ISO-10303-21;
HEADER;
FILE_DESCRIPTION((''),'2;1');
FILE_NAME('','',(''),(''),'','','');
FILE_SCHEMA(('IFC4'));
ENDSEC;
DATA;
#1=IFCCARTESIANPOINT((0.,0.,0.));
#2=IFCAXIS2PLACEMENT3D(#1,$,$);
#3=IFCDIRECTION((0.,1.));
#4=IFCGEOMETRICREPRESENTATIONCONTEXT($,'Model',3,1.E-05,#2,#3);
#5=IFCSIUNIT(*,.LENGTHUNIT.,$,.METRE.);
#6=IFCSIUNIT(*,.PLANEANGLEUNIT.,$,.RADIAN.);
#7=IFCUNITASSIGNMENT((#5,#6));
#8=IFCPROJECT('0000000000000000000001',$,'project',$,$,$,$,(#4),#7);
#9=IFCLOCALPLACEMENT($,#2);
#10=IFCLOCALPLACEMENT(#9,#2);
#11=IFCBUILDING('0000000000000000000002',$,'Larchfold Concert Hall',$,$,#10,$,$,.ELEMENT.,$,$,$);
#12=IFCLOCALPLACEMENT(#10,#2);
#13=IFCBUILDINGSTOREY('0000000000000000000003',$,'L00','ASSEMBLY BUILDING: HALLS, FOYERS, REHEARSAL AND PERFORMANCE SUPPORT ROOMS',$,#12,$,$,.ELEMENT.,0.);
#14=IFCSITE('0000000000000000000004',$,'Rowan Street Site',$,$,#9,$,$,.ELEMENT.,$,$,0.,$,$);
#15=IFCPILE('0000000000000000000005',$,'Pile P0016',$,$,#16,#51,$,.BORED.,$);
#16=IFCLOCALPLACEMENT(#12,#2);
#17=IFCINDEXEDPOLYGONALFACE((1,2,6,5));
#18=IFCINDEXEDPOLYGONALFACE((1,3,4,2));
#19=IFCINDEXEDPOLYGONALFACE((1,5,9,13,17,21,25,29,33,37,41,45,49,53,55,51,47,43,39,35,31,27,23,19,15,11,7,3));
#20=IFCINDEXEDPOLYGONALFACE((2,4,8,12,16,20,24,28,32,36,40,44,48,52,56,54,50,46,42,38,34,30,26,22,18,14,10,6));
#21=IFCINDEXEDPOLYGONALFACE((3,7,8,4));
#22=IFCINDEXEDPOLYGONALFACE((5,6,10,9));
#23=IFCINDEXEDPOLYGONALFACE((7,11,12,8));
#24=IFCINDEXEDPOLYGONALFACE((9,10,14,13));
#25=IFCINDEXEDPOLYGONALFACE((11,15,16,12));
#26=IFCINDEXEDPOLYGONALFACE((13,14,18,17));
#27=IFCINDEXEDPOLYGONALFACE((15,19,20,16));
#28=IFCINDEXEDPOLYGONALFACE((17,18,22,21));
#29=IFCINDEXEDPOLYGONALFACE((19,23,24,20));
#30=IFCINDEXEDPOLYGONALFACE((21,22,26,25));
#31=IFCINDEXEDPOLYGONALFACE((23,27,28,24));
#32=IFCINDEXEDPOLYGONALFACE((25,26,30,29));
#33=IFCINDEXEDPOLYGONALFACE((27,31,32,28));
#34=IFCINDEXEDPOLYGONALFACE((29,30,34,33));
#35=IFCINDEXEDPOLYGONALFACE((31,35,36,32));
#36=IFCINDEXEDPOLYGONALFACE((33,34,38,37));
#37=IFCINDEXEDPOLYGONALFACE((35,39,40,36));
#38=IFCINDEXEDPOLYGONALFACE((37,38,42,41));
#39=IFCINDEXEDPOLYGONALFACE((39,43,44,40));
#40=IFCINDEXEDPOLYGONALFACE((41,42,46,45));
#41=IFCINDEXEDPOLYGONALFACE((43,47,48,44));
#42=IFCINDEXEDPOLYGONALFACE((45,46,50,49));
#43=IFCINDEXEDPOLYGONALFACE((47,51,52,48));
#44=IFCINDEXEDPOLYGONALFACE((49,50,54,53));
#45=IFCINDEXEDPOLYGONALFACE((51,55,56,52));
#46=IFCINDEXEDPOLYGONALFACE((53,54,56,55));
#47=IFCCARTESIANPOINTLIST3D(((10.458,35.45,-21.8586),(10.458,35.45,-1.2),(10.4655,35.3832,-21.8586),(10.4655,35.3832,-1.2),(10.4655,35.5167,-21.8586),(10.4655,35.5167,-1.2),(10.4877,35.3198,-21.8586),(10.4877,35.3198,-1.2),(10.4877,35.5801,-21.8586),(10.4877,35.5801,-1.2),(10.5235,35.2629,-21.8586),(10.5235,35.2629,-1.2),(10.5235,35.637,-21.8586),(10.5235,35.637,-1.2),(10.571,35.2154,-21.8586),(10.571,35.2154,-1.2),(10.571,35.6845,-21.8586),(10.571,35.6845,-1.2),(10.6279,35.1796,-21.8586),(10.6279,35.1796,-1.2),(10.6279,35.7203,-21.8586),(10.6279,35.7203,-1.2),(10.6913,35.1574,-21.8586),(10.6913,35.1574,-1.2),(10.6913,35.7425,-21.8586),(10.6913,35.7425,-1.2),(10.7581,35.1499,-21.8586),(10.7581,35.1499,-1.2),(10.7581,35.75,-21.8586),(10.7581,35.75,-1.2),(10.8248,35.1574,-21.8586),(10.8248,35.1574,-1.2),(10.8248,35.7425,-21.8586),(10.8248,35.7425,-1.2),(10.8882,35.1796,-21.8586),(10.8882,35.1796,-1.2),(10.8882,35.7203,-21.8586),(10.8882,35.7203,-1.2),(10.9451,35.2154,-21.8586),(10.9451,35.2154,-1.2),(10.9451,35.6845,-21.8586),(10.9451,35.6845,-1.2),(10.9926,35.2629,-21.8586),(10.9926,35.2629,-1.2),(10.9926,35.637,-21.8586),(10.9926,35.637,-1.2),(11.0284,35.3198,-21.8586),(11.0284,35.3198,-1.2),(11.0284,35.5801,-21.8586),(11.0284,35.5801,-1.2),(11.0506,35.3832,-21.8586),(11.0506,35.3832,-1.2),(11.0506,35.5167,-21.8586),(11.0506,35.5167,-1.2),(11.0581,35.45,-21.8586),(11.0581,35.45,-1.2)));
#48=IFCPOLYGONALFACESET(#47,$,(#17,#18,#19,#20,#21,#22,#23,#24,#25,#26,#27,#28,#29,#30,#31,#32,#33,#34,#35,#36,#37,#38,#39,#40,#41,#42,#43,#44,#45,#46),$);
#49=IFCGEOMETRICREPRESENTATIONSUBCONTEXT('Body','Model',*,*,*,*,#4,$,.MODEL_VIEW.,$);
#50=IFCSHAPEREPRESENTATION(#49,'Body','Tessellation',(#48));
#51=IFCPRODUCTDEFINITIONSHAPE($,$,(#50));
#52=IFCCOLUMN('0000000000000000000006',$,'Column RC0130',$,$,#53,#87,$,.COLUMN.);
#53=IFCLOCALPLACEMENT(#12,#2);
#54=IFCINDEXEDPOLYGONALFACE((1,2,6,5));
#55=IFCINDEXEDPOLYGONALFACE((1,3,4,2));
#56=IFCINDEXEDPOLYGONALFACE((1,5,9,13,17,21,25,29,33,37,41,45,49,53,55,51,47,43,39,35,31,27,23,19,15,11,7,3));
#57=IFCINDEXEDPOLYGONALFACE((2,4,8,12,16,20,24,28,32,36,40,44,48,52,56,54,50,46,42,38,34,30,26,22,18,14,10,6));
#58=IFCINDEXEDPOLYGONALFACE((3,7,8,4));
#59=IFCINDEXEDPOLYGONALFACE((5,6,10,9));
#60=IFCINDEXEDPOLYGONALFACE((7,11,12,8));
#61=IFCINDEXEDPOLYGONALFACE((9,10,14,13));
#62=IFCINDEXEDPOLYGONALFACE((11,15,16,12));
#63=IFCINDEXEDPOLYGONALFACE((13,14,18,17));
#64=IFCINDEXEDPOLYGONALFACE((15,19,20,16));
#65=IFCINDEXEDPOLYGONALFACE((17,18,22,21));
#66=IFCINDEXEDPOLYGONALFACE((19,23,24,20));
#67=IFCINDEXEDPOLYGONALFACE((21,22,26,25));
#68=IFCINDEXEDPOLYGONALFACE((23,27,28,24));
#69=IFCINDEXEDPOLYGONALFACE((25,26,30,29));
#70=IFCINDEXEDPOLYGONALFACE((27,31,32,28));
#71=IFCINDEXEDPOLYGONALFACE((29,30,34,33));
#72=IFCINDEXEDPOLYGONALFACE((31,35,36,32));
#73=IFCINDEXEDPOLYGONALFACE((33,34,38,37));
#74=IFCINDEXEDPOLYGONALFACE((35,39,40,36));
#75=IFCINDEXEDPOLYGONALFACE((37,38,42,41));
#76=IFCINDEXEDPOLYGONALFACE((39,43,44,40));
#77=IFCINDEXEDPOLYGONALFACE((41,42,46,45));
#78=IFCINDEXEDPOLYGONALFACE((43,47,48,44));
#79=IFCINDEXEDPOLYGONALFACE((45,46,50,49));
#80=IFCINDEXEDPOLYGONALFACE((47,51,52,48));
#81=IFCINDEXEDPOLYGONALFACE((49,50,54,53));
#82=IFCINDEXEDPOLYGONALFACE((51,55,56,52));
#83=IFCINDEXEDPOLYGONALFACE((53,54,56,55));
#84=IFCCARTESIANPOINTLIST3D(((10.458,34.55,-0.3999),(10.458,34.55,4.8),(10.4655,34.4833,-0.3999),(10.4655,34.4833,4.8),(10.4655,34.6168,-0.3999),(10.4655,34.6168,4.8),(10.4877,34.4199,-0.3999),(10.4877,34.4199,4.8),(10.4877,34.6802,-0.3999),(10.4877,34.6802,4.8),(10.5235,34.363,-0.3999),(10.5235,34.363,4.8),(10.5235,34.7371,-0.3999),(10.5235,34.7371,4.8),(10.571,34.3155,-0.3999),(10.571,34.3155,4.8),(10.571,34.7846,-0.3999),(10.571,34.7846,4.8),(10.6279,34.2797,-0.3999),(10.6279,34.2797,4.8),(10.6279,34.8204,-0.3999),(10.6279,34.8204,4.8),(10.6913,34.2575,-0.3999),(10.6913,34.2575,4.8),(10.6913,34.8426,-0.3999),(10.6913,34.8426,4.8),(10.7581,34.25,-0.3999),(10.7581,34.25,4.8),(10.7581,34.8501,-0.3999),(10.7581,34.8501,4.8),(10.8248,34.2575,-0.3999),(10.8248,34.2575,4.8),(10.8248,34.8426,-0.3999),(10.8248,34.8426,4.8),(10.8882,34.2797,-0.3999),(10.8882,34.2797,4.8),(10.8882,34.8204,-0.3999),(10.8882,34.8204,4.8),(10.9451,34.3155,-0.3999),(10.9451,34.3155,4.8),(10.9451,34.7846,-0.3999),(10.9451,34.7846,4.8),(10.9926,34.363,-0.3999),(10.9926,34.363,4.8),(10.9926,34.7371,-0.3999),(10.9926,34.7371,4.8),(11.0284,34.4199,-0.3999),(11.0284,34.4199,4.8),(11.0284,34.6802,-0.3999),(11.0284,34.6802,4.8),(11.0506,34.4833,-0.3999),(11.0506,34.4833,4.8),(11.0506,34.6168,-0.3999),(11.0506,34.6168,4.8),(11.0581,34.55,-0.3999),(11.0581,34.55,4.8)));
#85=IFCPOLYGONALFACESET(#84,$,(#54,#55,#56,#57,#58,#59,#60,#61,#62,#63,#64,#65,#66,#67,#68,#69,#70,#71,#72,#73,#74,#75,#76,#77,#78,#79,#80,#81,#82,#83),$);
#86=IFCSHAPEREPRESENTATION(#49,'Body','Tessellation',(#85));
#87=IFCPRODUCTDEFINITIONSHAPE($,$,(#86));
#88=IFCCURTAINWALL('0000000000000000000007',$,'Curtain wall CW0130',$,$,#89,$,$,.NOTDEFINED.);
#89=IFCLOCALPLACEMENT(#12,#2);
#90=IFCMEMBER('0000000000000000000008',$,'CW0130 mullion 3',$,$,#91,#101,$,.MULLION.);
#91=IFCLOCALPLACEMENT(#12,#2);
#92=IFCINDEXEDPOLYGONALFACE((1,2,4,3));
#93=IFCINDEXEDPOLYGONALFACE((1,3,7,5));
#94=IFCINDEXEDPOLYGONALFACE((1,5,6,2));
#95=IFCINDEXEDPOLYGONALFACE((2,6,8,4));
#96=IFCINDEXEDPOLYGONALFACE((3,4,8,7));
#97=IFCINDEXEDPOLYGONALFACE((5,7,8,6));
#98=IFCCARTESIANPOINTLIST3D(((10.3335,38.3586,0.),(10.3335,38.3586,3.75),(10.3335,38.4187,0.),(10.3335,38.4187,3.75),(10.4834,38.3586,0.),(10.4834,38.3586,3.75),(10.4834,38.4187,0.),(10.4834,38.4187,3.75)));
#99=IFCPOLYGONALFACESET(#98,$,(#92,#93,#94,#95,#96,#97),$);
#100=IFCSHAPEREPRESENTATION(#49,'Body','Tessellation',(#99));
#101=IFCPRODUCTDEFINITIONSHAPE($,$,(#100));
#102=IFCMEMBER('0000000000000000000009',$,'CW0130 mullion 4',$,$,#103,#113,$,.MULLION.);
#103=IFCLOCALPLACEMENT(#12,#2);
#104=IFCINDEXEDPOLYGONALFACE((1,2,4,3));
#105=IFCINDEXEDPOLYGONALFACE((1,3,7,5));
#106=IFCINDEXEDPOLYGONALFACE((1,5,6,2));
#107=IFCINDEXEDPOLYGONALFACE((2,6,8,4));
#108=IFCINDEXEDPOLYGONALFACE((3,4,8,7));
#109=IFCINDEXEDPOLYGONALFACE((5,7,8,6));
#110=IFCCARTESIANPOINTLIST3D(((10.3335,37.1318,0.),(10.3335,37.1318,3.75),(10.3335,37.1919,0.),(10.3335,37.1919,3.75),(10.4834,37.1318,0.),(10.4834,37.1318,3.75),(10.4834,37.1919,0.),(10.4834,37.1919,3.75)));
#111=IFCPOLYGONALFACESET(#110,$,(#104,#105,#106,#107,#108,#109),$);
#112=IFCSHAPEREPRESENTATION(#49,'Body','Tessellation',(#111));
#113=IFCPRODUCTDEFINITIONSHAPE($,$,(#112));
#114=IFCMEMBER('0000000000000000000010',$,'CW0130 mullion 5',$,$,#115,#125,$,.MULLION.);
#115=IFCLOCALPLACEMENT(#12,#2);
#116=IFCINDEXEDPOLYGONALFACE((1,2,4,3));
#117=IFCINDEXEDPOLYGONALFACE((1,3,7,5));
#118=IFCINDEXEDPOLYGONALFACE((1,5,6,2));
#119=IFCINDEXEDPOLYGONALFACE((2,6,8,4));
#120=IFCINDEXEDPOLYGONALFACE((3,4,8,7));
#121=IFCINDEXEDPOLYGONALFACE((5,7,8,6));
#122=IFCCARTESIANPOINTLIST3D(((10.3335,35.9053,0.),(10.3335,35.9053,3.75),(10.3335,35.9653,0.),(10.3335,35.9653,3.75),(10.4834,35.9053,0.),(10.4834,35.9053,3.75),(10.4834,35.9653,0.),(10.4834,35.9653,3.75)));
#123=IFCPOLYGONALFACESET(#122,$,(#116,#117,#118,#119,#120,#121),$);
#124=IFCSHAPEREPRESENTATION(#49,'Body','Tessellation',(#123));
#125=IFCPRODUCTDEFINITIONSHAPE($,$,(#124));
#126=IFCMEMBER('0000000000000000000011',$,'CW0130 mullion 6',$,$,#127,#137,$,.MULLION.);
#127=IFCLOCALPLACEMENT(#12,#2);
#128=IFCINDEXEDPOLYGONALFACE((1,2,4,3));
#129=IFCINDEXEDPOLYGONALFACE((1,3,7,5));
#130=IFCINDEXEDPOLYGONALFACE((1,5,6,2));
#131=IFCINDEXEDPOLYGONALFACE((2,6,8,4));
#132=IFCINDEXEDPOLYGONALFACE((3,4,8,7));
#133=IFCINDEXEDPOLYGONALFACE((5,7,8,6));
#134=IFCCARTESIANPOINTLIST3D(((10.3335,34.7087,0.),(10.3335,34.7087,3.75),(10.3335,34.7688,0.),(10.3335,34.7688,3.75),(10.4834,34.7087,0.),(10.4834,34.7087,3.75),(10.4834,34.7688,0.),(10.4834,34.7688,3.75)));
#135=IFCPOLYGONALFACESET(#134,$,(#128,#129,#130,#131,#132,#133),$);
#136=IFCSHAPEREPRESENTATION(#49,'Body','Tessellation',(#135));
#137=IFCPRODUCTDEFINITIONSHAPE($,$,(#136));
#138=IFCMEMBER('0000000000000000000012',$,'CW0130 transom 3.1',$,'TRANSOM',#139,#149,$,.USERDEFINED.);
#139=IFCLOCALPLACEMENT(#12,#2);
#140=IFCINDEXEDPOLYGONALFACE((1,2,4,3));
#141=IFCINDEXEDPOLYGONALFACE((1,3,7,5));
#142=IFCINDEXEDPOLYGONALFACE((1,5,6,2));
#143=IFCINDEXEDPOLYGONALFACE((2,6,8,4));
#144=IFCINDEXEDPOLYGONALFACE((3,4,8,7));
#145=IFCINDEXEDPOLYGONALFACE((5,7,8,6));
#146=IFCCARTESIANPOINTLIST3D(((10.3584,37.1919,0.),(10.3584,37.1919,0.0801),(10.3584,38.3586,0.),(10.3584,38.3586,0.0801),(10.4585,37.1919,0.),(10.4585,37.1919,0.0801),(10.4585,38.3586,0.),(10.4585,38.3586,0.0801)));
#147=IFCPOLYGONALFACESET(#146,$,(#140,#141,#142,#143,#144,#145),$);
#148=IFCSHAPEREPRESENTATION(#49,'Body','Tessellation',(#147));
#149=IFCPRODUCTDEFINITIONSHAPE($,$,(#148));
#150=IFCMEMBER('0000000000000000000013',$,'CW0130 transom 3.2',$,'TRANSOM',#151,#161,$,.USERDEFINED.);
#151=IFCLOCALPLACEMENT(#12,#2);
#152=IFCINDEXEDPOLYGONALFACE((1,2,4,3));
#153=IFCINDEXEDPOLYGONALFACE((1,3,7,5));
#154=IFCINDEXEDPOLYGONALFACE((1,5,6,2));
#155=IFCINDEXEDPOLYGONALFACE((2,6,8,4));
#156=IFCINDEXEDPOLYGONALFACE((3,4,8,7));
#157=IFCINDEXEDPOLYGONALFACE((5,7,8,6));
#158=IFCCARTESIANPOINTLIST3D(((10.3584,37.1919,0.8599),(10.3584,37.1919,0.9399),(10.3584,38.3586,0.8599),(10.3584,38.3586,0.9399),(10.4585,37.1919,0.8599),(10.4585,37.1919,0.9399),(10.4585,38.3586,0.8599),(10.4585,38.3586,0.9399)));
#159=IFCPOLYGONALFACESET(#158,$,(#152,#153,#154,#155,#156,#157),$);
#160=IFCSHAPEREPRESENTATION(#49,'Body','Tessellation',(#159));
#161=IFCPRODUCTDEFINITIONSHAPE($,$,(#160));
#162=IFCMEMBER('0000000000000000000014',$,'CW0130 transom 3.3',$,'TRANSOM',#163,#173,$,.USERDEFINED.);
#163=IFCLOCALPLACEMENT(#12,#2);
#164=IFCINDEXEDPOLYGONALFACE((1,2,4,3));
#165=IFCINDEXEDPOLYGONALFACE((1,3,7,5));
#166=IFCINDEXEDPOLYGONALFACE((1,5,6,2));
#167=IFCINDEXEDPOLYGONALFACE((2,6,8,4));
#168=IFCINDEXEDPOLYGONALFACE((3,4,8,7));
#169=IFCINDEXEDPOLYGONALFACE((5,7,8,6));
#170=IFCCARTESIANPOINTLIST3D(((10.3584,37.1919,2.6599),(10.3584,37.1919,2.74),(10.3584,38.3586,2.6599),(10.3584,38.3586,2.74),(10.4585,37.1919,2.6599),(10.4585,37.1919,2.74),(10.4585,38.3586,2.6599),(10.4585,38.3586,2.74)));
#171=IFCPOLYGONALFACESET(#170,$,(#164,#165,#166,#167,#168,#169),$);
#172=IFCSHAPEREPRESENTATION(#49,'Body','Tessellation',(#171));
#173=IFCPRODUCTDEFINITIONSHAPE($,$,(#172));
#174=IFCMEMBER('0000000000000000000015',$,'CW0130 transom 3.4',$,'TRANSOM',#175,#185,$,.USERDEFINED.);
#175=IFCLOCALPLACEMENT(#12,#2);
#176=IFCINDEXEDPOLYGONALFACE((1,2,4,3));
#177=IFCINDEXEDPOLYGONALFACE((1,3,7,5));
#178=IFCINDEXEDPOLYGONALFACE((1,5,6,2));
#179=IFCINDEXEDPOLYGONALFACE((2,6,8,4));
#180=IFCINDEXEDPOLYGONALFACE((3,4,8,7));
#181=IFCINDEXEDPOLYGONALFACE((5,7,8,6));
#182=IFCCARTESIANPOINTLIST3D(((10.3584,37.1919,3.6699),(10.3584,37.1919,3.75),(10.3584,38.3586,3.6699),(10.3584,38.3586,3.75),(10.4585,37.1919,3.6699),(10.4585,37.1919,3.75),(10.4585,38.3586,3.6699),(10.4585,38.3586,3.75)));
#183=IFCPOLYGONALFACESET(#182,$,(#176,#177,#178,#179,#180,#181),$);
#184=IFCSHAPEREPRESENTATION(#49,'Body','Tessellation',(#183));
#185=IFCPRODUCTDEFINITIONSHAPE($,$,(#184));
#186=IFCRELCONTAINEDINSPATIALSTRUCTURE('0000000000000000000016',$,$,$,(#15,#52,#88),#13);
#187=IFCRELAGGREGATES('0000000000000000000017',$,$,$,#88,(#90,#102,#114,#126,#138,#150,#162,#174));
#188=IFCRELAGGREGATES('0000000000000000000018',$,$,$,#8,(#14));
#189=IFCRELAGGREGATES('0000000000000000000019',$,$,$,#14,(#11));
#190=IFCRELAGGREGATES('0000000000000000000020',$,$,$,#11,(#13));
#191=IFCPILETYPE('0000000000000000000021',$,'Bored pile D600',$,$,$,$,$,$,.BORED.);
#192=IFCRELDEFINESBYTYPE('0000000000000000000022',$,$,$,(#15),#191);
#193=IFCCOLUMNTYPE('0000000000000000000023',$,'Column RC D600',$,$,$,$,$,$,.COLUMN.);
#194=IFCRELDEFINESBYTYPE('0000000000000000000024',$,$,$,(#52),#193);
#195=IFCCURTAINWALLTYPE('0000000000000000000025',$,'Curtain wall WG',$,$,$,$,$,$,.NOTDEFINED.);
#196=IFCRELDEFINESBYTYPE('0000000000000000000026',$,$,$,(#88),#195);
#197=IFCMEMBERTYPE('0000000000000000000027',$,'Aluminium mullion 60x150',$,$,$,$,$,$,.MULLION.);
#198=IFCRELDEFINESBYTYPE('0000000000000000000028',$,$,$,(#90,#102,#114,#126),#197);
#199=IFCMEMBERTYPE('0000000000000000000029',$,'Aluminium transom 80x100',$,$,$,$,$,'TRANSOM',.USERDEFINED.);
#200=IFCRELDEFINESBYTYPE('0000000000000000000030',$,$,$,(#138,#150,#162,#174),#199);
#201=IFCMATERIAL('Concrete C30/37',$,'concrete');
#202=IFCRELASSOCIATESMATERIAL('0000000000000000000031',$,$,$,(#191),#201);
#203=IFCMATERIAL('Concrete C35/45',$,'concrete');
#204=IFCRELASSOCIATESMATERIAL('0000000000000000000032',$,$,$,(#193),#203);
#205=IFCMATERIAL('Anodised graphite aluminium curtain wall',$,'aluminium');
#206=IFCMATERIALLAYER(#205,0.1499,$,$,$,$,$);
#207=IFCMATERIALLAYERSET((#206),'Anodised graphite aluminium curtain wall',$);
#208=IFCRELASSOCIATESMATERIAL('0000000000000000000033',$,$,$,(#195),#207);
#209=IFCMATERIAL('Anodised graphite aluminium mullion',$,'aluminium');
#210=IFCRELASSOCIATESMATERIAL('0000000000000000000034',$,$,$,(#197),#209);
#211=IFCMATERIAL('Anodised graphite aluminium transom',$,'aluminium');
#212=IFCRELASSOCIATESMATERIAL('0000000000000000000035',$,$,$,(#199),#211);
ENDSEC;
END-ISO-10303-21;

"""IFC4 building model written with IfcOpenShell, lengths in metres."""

from ifc_helpers import new_model, si_unit, direction, frame, origin, origin_2d, place, context, subcontext, project, spatial, rectangle, circle, extrude, material, layer, layer_set, material_profile, profile_set, type_object, element, aggregate, save


model = new_model("IFC4")

# Units and contexts
model_context = context("Model", 3, precision=1e-05, world=origin(), true_north=direction((0.0, 1.0)))
body_context = subcontext(model_context, "Body", "Model", "MODEL_VIEW")
ifc_project = project(units=[si_unit("LENGTHUNIT", "METRE"), si_unit("PLANEANGLEUNIT", "RADIAN")], contexts=[model_context])

# Site, building, storey
site_placement = place(None, origin())
site = spatial("IfcSite", under=ifc_project, at=site_placement, Name="Rowan Street Site", CompositionType="ELEMENT", RefElevation=0.0)
building_placement = place(site_placement, origin())
building = spatial("IfcBuilding", under=site, at=building_placement, Name="Larchfold Concert Hall", CompositionType="ELEMENT")
storey_placement = place(building_placement, origin())
storey = spatial("IfcBuildingStorey", under=building, at=storey_placement, Name="L00", Description="ASSEMBLY BUILDING: HALLS, FOYERS, REHEARSAL AND PERFORMANCE SUPPORT ROOMS", CompositionType="ELEMENT", Elevation=0.0)

# Pile
ifc_material_1 = material(Name="Concrete C30/37", Category="concrete")
ifc_material_profile_1 = material_profile(ifc_material_1, circle(Radius=0.3, at=origin_2d()))
ifc_profile_set_1 = profile_set([ifc_material_profile_1], Name="Concrete C30/37")
pile_type = type_object("IfcPileType", Name="Bored pile D600", PredefinedType="BORED", material=ifc_profile_set_1)
pile_placement = place(storey_placement, frame((10.7581, 35.45, -1.2), z_axis=(0.0, 0.0, -1.0), x_axis=(1.0, 0.0, 0.0)))
element("IfcPile", 1, at=pile_placement, inside=storey, type_object=pile_type, Name="Pile P0016", PredefinedType="BORED", context=body_context, shape_type="SweptSolid", body=[
    extrude(circle(Radius=0.3, at=origin_2d()), origin(), (0.0, 0.0, 1.0), 20.6587),
])

# Column
ifc_material_2 = material(Name="Concrete C35/45", Category="concrete")
ifc_material_profile_2 = material_profile(ifc_material_2, circle(Radius=0.3, at=origin_2d()))
ifc_profile_set_2 = profile_set([ifc_material_profile_2], Name="Concrete C35/45")
column_type = type_object("IfcColumnType", Name="Column RC D600", PredefinedType="COLUMN", material=ifc_profile_set_2)
column_placement = place(storey_placement, frame((10.7581, 34.55, -0.3999), z_axis=(0.0, 0.0, 1.0), x_axis=(1.0, 0.0, 0.0)))
element("IfcColumn", 2, at=column_placement, inside=storey, type_object=column_type, Name="Column RC0130", PredefinedType="COLUMN", context=body_context, shape_type="SweptSolid", body=[
    extrude(circle(Radius=0.3, at=origin_2d()), origin(), (0.0, 0.0, 1.0), 5.2),
])

# Curtain wall, members
ifc_material_3 = material(Name="Anodised graphite aluminium curtain wall", Category="aluminium")
ifc_layer_1 = layer(ifc_material_3, 0.1499)
ifc_layer_set_1 = layer_set([ifc_layer_1], Name="Anodised graphite aluminium curtain wall")
curtain_wall_type = type_object("IfcCurtainWallType", Name="Curtain wall WG", PredefinedType="NOTDEFINED", material=ifc_layer_set_1)
curtain_wall_placement = place(storey_placement, origin())
curtain_wall = element("IfcCurtainWall", 3, at=curtain_wall_placement, inside=storey, type_object=curtain_wall_type, Name="Curtain wall CW0130", PredefinedType="NOTDEFINED")
ifc_material_4 = material(Name="Anodised graphite aluminium mullion", Category="aluminium")
ifc_material_profile_3 = material_profile(ifc_material_4, rectangle(XDim=0.1499, YDim=0.0601, at=origin_2d()))
ifc_profile_set_3 = profile_set([ifc_material_profile_3], Name="Anodised graphite aluminium mullion")
member_type_1 = type_object("IfcMemberType", Name="Aluminium mullion 60x150", PredefinedType="MULLION", material=ifc_profile_set_3)
member_1_placement = place(storey_placement, frame((10.4084, 38.3887, 0.0), z_axis=(0.0, 0.0, 1.0), x_axis=(1.0, 0.0, 0.0)))
member_1 = element("IfcMember", 4, at=member_1_placement, type_object=member_type_1, Name="CW0130 mullion 3", PredefinedType="MULLION", context=body_context, shape_type="SweptSolid", body=[
    extrude(rectangle(XDim=0.1499, YDim=0.0601, at=origin_2d()), origin(), (0.0, 0.0, 1.0), 3.75),
])
member_2_placement = place(storey_placement, frame((10.4084, 37.1619, 0.0), z_axis=(0.0, 0.0, 1.0), x_axis=(1.0, 0.0, 0.0)))
member_2 = element("IfcMember", 5, at=member_2_placement, type_object=member_type_1, Name="CW0130 mullion 4", PredefinedType="MULLION", context=body_context, shape_type="SweptSolid", body=[
    extrude(rectangle(XDim=0.1499, YDim=0.0601, at=origin_2d()), origin(), (0.0, 0.0, 1.0), 3.75),
])
member_3_placement = place(storey_placement, frame((10.4084, 35.9353, 0.0), z_axis=(0.0, 0.0, 1.0), x_axis=(1.0, 0.0, 0.0)))
member_3 = element("IfcMember", 6, at=member_3_placement, type_object=member_type_1, Name="CW0130 mullion 5", PredefinedType="MULLION", context=body_context, shape_type="SweptSolid", body=[
    extrude(rectangle(XDim=0.1499, YDim=0.0601, at=origin_2d()), origin(), (0.0, 0.0, 1.0), 3.75),
])
member_4_placement = place(storey_placement, frame((10.4084, 34.7388, 0.0), z_axis=(0.0, 0.0, 1.0), x_axis=(1.0, 0.0, 0.0)))
member_4 = element("IfcMember", 7, at=member_4_placement, type_object=member_type_1, Name="CW0130 mullion 6", PredefinedType="MULLION", context=body_context, shape_type="SweptSolid", body=[
    extrude(rectangle(XDim=0.1499, YDim=0.0601, at=origin_2d()), origin(), (0.0, 0.0, 1.0), 3.75),
])
ifc_material_5 = material(Name="Anodised graphite aluminium transom", Category="aluminium")
ifc_material_profile_4 = material_profile(ifc_material_5, rectangle(XDim=0.1001, YDim=0.0801, at=origin_2d()))
ifc_profile_set_4 = profile_set([ifc_material_profile_4], Name="Anodised graphite aluminium transom")
member_type_2 = type_object("IfcMemberType", Name="Aluminium transom 80x100", ElementType="TRANSOM", PredefinedType="USERDEFINED", material=ifc_profile_set_4)
member_5_placement = place(storey_placement, frame((10.4084, 38.3586, 0.04), z_axis=(0.0, -1.0, 0.0), x_axis=(1.0, 0.0, 0.0)))
member_5 = element("IfcMember", 8, at=member_5_placement, type_object=member_type_2, Name="CW0130 transom 3.1", ObjectType="TRANSOM", PredefinedType="USERDEFINED", context=body_context, shape_type="SweptSolid", body=[
    extrude(rectangle(XDim=0.1001, YDim=0.0801, at=origin_2d()), origin(), (0.0, 0.0, 1.0), 1.1667),
])
member_6_placement = place(storey_placement, frame((10.4084, 38.3586, 0.8999), z_axis=(0.0, -1.0, 0.0), x_axis=(1.0, 0.0, 0.0)))
member_6 = element("IfcMember", 9, at=member_6_placement, type_object=member_type_2, Name="CW0130 transom 3.2", ObjectType="TRANSOM", PredefinedType="USERDEFINED", context=body_context, shape_type="SweptSolid", body=[
    extrude(rectangle(XDim=0.1001, YDim=0.0801, at=origin_2d()), origin(), (0.0, 0.0, 1.0), 1.1667),
])
member_7_placement = place(storey_placement, frame((10.4084, 38.3586, 2.7), z_axis=(0.0, -1.0, 0.0), x_axis=(1.0, 0.0, 0.0)))
member_7 = element("IfcMember", 10, at=member_7_placement, type_object=member_type_2, Name="CW0130 transom 3.3", ObjectType="TRANSOM", PredefinedType="USERDEFINED", context=body_context, shape_type="SweptSolid", body=[
    extrude(rectangle(XDim=0.1001, YDim=0.0801, at=origin_2d()), origin(), (0.0, 0.0, 1.0), 1.1667),
])
member_8_placement = place(storey_placement, frame((10.4084, 38.3586, 3.71), z_axis=(0.0, -1.0, 0.0), x_axis=(1.0, 0.0, 0.0)))
member_8 = element("IfcMember", 11, at=member_8_placement, type_object=member_type_2, Name="CW0130 transom 3.4", ObjectType="TRANSOM", PredefinedType="USERDEFINED", context=body_context, shape_type="SweptSolid", body=[
    extrude(rectangle(XDim=0.1001, YDim=0.0801, at=origin_2d()), origin(), (0.0, 0.0, 1.0), 1.1667),
])
aggregate(curtain_wall, [member_1, member_2, member_3, member_4, member_5, member_6, member_7, member_8])

save(model, "model.ifc")
